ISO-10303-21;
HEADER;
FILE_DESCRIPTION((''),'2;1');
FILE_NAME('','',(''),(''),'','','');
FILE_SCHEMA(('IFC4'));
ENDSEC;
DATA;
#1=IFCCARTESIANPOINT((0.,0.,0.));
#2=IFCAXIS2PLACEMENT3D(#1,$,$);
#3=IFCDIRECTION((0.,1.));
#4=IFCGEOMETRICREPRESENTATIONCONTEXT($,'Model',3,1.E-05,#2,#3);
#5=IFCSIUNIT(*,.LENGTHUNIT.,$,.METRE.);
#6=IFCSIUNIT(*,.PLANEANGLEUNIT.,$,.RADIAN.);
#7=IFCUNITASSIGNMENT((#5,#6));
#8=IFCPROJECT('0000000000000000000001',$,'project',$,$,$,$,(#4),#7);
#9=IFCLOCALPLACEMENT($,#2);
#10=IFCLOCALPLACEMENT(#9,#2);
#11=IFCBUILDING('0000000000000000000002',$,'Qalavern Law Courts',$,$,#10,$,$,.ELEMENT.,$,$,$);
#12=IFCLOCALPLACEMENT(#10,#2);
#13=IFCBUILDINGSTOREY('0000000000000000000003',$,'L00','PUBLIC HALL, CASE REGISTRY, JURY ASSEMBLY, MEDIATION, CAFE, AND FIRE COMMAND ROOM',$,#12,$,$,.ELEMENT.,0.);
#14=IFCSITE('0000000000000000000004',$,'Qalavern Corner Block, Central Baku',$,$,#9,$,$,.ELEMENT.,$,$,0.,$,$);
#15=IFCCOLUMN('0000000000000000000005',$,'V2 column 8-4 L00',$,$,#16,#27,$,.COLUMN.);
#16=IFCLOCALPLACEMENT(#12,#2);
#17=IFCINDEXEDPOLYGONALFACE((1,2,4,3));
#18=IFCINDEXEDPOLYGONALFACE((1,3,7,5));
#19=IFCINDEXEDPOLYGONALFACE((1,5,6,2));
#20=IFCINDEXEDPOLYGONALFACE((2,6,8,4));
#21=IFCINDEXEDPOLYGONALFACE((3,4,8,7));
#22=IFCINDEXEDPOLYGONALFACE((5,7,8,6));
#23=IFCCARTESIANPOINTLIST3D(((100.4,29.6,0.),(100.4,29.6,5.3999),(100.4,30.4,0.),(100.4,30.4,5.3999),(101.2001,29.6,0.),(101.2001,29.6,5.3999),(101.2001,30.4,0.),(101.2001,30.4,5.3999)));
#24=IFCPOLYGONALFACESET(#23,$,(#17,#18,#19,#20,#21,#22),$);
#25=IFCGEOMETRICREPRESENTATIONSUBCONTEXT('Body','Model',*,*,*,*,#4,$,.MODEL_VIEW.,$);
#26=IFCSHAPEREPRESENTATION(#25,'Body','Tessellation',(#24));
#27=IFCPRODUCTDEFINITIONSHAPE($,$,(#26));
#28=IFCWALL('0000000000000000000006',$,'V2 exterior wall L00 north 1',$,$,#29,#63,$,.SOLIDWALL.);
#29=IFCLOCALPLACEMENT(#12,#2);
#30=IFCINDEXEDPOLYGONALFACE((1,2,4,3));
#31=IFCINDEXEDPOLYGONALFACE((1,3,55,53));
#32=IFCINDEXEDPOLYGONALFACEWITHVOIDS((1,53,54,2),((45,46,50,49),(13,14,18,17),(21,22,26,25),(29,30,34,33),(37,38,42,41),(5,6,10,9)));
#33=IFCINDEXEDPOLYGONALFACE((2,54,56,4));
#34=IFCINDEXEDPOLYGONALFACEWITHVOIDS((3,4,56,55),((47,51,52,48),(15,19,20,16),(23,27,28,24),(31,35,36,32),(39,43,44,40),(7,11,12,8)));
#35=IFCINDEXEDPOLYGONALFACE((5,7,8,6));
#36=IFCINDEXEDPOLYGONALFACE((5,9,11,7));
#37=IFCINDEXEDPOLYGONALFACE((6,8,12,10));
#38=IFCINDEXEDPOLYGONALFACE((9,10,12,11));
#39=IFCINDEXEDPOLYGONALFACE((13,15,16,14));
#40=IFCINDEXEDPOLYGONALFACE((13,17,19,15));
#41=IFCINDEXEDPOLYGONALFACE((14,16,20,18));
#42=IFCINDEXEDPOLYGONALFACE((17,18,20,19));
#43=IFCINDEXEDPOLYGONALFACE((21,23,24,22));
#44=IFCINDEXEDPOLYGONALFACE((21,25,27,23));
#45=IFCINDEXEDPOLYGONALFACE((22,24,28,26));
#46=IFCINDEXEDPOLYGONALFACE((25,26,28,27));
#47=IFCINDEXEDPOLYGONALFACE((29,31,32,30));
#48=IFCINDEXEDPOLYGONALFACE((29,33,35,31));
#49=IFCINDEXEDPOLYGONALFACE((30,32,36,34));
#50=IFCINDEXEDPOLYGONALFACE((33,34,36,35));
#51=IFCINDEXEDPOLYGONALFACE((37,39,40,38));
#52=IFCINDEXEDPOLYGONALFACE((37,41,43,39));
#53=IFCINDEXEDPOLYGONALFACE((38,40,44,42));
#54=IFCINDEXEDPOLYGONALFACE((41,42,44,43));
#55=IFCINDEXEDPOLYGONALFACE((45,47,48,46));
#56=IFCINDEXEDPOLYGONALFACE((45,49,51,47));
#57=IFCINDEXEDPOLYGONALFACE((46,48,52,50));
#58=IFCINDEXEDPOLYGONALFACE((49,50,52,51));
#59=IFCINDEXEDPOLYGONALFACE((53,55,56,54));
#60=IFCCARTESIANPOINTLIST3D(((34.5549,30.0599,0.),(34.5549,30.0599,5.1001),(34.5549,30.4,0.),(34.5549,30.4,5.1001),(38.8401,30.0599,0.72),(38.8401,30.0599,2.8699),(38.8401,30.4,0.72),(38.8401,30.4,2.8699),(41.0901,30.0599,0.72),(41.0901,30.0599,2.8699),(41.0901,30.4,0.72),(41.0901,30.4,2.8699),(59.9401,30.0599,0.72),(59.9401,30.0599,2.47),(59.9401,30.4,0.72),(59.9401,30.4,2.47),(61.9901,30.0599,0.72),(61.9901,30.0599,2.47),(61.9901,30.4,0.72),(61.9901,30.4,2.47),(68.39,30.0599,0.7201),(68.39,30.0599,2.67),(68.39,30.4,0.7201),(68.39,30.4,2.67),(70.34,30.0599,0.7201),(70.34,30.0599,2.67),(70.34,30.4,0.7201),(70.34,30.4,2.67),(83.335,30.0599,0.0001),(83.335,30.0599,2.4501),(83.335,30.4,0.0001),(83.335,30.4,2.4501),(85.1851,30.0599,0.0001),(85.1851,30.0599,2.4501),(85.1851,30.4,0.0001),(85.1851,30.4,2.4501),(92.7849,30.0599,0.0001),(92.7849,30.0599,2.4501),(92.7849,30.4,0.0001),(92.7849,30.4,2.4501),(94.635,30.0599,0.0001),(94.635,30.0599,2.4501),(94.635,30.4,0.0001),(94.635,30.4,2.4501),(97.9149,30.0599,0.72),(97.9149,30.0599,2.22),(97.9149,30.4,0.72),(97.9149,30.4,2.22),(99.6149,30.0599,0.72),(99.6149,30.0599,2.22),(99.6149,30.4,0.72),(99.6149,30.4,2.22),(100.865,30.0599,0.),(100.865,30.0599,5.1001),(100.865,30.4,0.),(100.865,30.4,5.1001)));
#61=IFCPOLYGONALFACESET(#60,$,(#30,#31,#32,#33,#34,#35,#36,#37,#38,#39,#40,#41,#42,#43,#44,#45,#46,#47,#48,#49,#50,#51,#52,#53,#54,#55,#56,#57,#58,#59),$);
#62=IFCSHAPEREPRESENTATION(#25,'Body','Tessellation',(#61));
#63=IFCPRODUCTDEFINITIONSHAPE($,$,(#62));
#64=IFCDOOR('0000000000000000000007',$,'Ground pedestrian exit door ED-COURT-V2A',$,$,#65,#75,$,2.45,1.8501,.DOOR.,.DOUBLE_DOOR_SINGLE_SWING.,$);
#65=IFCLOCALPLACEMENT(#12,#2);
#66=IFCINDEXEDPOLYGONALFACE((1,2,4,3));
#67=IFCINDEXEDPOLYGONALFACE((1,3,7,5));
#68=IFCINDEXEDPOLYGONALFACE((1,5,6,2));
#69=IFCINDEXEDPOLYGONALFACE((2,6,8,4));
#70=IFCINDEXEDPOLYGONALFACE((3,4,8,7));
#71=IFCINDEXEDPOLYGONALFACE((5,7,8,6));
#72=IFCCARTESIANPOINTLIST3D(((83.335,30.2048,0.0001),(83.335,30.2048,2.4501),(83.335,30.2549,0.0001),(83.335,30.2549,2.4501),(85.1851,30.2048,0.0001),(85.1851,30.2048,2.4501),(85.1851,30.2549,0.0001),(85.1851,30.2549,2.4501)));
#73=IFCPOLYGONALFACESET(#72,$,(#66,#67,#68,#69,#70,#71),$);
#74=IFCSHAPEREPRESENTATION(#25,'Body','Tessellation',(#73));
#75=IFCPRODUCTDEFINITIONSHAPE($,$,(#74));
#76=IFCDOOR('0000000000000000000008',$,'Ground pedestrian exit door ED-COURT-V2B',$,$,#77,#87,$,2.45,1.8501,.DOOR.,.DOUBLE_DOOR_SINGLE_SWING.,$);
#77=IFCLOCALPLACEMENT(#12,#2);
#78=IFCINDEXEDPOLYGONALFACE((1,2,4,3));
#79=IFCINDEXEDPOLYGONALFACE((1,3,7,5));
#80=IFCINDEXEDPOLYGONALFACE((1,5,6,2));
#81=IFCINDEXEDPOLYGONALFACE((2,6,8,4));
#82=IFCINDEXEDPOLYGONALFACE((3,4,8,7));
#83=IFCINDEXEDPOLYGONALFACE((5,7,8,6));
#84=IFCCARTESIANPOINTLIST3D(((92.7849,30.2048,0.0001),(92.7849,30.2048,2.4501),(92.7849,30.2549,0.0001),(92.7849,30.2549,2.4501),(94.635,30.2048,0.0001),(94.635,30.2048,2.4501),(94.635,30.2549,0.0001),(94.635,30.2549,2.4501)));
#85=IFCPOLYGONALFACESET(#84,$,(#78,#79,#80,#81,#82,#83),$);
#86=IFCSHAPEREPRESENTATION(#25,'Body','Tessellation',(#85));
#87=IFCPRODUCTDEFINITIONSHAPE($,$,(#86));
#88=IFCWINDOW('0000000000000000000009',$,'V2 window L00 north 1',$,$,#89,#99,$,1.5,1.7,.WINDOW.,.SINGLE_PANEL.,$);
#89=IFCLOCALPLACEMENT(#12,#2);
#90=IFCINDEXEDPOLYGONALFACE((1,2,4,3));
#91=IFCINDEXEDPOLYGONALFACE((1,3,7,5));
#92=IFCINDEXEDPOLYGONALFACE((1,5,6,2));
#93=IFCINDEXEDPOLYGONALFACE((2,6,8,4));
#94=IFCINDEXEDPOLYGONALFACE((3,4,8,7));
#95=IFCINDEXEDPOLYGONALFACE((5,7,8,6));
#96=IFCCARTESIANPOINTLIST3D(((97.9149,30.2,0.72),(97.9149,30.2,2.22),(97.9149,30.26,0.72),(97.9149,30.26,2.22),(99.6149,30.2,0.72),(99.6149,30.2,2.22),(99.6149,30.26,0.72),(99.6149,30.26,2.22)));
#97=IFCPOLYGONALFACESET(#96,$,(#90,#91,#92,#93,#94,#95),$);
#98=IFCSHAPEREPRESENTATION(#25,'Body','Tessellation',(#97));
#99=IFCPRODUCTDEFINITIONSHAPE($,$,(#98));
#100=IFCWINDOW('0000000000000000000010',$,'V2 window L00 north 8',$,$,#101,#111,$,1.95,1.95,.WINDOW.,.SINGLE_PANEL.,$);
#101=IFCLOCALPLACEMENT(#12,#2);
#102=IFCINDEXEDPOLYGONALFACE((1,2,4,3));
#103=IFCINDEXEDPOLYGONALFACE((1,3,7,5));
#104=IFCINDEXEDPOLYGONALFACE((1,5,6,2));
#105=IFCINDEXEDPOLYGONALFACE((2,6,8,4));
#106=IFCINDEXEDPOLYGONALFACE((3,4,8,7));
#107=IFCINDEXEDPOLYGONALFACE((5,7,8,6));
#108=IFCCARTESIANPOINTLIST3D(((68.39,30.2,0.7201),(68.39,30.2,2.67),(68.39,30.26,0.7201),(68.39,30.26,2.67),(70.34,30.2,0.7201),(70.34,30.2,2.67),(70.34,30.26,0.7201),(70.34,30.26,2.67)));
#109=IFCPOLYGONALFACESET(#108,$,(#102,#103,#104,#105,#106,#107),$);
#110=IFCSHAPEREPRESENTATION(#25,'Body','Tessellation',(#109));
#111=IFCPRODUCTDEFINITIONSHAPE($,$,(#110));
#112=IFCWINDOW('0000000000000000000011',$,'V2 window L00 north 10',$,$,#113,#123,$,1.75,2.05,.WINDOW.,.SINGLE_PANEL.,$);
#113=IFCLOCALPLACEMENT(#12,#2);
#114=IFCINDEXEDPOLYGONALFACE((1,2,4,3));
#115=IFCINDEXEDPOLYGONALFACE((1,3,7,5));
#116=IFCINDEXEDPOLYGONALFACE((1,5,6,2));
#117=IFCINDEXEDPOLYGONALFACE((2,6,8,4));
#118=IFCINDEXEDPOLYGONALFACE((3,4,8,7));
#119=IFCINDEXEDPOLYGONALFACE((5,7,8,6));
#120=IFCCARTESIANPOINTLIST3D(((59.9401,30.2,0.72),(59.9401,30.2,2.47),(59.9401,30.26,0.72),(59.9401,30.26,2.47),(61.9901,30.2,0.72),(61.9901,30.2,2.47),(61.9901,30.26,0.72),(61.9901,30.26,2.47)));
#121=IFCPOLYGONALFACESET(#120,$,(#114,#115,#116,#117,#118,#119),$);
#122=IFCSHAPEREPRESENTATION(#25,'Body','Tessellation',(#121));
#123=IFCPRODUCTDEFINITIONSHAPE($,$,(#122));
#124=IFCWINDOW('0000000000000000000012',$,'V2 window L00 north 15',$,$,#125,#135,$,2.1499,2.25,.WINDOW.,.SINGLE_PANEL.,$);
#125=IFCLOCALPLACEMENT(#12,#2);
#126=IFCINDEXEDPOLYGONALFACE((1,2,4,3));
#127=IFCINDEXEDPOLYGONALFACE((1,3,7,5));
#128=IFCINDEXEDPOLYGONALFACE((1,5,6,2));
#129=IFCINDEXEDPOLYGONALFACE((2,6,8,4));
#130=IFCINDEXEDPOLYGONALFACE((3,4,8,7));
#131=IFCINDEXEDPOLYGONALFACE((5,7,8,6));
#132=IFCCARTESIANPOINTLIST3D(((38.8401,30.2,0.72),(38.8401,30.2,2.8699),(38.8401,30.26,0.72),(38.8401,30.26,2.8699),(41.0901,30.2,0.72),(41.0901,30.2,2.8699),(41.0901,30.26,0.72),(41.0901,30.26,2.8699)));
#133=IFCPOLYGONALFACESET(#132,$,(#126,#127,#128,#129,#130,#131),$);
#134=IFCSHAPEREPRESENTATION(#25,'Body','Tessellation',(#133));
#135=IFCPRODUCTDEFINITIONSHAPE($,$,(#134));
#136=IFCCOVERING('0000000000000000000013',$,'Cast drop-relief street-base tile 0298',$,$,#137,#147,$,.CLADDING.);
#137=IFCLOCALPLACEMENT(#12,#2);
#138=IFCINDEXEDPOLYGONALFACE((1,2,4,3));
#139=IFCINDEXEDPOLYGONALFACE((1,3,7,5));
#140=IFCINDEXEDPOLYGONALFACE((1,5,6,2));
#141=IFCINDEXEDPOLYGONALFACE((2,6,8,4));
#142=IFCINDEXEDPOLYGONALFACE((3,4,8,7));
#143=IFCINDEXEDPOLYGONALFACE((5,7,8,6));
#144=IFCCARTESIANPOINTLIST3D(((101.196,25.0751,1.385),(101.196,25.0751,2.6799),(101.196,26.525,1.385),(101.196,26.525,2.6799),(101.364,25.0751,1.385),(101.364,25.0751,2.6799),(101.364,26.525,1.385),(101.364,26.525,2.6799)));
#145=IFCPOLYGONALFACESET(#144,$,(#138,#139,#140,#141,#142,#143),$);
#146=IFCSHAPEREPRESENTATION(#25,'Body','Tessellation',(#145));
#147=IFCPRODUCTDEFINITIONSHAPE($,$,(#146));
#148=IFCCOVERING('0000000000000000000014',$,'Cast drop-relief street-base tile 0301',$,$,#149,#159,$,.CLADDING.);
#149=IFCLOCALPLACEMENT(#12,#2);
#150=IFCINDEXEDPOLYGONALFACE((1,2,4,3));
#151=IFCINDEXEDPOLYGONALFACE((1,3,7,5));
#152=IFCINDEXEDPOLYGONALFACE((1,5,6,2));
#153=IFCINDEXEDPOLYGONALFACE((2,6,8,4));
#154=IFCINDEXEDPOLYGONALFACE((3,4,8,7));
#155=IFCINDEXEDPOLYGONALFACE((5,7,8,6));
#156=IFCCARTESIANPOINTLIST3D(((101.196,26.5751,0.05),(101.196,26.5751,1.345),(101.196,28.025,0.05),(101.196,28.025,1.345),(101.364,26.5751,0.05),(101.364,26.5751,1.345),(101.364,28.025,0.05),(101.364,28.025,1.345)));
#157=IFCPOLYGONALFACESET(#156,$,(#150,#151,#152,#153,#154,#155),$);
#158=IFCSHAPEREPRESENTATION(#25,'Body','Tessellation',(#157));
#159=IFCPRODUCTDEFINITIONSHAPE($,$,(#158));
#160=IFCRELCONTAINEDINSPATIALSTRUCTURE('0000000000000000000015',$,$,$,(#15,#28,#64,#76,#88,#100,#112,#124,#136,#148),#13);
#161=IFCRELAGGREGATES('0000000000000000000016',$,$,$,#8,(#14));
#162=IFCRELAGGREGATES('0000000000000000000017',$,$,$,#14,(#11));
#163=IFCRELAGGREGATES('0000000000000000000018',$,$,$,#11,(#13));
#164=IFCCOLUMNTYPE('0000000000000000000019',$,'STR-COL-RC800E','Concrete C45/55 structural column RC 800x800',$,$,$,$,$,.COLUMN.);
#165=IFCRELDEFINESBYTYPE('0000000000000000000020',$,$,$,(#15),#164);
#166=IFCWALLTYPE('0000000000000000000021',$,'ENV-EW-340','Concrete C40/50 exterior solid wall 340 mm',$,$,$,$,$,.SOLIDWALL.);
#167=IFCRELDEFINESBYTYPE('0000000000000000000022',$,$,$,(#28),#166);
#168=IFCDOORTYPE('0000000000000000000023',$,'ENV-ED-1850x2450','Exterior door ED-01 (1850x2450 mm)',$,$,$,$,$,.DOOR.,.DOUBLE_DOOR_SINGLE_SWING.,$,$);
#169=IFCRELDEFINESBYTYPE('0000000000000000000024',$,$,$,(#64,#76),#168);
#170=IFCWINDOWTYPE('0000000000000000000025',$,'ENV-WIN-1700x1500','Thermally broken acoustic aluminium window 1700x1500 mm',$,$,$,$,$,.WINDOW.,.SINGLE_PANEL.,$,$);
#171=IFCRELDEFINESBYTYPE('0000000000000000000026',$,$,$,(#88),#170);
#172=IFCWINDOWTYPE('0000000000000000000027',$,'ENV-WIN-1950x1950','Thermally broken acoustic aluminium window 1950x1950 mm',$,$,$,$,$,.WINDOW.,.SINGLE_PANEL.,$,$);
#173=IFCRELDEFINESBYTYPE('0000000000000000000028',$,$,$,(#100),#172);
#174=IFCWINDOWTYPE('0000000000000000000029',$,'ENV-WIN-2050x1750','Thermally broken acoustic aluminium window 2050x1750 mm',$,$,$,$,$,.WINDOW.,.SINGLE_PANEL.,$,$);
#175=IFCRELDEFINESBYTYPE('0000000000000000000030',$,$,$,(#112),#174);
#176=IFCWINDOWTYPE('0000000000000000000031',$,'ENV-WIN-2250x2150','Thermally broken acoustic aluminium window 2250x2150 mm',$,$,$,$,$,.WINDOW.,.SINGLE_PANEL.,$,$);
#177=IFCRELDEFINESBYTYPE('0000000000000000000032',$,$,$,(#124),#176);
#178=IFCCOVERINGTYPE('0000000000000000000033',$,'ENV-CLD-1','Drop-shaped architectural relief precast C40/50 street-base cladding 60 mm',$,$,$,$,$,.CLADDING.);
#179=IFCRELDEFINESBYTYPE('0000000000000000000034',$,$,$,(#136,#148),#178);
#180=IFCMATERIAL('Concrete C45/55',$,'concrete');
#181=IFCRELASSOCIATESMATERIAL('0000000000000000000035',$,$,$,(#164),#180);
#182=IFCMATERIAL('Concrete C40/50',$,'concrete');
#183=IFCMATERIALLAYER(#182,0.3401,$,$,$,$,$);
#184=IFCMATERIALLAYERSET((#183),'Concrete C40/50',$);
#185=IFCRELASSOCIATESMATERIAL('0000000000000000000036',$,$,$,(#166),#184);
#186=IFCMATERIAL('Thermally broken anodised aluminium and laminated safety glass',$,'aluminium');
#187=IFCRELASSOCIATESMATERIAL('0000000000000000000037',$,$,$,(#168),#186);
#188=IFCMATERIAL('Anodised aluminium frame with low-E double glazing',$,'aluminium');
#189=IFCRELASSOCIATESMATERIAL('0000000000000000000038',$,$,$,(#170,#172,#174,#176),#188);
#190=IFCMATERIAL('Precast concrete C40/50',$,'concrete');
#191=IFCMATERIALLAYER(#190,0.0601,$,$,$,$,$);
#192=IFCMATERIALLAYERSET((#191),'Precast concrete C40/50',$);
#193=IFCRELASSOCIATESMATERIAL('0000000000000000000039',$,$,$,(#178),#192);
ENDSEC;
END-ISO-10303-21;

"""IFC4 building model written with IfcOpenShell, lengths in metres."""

from ifc_helpers import new_model, si_unit, direction, frame, frame_2d, origin, origin_2d, place, context, subcontext, project, spatial, rectangle, extrude, material, layer, layer_set, material_profile, profile_set, type_object, element, fill, save


model = new_model("IFC4")

# Units and contexts
model_context = context("Model", 3, precision=1e-05, world=origin(), true_north=direction((0.0, 1.0)))
body_context = subcontext(model_context, "Body", "Model", "MODEL_VIEW")
ifc_project = project(units=[si_unit("LENGTHUNIT", "METRE"), si_unit("PLANEANGLEUNIT", "RADIAN")], contexts=[model_context])

# Site, building, storey
site_placement = place(None, origin())
site = spatial("IfcSite", under=ifc_project, at=site_placement, Name="Qalavern Corner Block, Central Baku", CompositionType="ELEMENT", RefElevation=0.0)
building_placement = place(site_placement, origin())
building = spatial("IfcBuilding", under=site, at=building_placement, Name="Qalavern Law Courts", CompositionType="ELEMENT")
storey_placement = place(building_placement, origin())
storey = spatial("IfcBuildingStorey", under=building, at=storey_placement, Name="L00", Description="PUBLIC HALL, CASE REGISTRY, JURY ASSEMBLY, MEDIATION, CAFE, AND FIRE COMMAND ROOM", CompositionType="ELEMENT", Elevation=0.0)

# Column
ifc_material_1 = material(Name="Concrete C45/55", Category="concrete")
ifc_material_profile = material_profile(ifc_material_1, rectangle(XDim=0.8, YDim=0.8, at=origin_2d()), Name="RC 800x800")
ifc_profile_set = profile_set([ifc_material_profile], Name="Concrete C45/55")
column_type = type_object("IfcColumnType", Name="STR-COL-RC800E", Description="Concrete C45/55 structural column RC 800x800", PredefinedType="COLUMN", material=ifc_profile_set)
column_placement = place(storey_placement, frame((100.8, 30.0, 0.0), z_axis=(0.0, 0.0, 1.0), x_axis=(1.0, 0.0, 0.0)))
element("IfcColumn", 1, at=column_placement, inside=storey, type_object=column_type, Name="V2 column 8-4 L00", PredefinedType="COLUMN", context=body_context, shape_type="SweptSolid", body=[
    extrude(rectangle(XDim=0.8, YDim=0.8, at=origin_2d()), origin(), (0.0, 0.0, 1.0), 5.3999),
])

# Wall, openings, doors, windows
ifc_material_2 = material(Name="Concrete C40/50", Category="concrete")
ifc_layer_1 = layer(ifc_material_2, 0.3401)
ifc_layer_set_1 = layer_set([ifc_layer_1], Name="Concrete C40/50")
wall_type = type_object("IfcWallType", Name="ENV-EW-340", Description="Concrete C40/50 exterior solid wall 340 mm", PredefinedType="SOLIDWALL", material=ifc_layer_set_1)
wall_placement = place(storey_placement, frame((100.865, 30.23, 0.0), z_axis=(0.0, 0.0, 1.0), x_axis=(-1.0, 0.0, 0.0)))
wall = element("IfcWall", 2, at=wall_placement, inside=storey, type_object=wall_type, Name="V2 exterior wall L00 north 1", PredefinedType="SOLIDWALL", context=body_context, shape_type="SweptSolid", body=[
    extrude(rectangle(XDim=66.3101, YDim=0.3401, at=frame_2d((33.155, 0.0))), origin(), (0.0, 0.0, 1.0), 5.1001),
])
opening_1_placement = place(wall_placement, frame((15.6799, 0.0, 0.0)))
opening_1 = element("IfcOpeningElement", 3, at=opening_1_placement, cuts=wall, PredefinedType="OPENING", context=body_context, shape_type="SweptSolid", body=[
    extrude(rectangle(XDim=1.8501, YDim=2.45, at=frame_2d((0.925, 1.2251))), frame((0.0, 0.1851, 0.0), z_axis=(0.0, -1.0, 0.0), x_axis=(1.0, 0.0, 0.0)), (0.0, 0.0, 1.0), 0.3699),
])
opening_2_placement = place(wall_placement, frame((6.23, 0.0, 0.0)))
opening_2 = element("IfcOpeningElement", 4, at=opening_2_placement, cuts=wall, PredefinedType="OPENING", context=body_context, shape_type="SweptSolid", body=[
    extrude(rectangle(XDim=1.8501, YDim=2.45, at=frame_2d((0.925, 1.2251))), frame((0.0, 0.1851, 0.0), z_axis=(0.0, -1.0, 0.0), x_axis=(1.0, 0.0, 0.0)), (0.0, 0.0, 1.0), 0.3699),
])
opening_3_placement = place(wall_placement, frame((1.25, 0.0, 0.72)))
opening_3 = element("IfcOpeningElement", 5, at=opening_3_placement, cuts=wall, PredefinedType="OPENING", context=body_context, shape_type="SweptSolid", body=[
    extrude(rectangle(XDim=1.7, YDim=1.5, at=frame_2d((0.8501, 0.75))), frame((0.0, 0.1851, 0.0), z_axis=(0.0, -1.0, 0.0), x_axis=(1.0, 0.0, 0.0)), (0.0, 0.0, 1.0), 0.3699),
])
opening_4_placement = place(wall_placement, frame((30.5249, 0.0, 0.72)))
opening_4 = element("IfcOpeningElement", 6, at=opening_4_placement, cuts=wall, PredefinedType="OPENING", context=body_context, shape_type="SweptSolid", body=[
    extrude(rectangle(XDim=1.95, YDim=1.95, at=frame_2d((0.9751, 0.9751))), frame((0.0, 0.1851, 0.0), z_axis=(0.0, -1.0, 0.0), x_axis=(1.0, 0.0, 0.0)), (0.0, 0.0, 1.0), 0.3699),
])
opening_5_placement = place(wall_placement, frame((38.875, 0.0, 0.72)))
opening_5 = element("IfcOpeningElement", 7, at=opening_5_placement, cuts=wall, PredefinedType="OPENING", context=body_context, shape_type="SweptSolid", body=[
    extrude(rectangle(XDim=2.05, YDim=1.75, at=frame_2d((1.0249, 0.875))), frame((0.0, 0.1851, 0.0), z_axis=(0.0, -1.0, 0.0), x_axis=(1.0, 0.0, 0.0)), (0.0, 0.0, 1.0), 0.3699),
])
opening_6_placement = place(wall_placement, frame((59.7749, 0.0, 0.72)))
opening_6 = element("IfcOpeningElement", 8, at=opening_6_placement, cuts=wall, PredefinedType="OPENING", context=body_context, shape_type="SweptSolid", body=[
    extrude(rectangle(XDim=2.25, YDim=2.1499, at=frame_2d((1.125, 1.075))), frame((0.0, 0.1851, 0.0), z_axis=(0.0, -1.0, 0.0), x_axis=(1.0, 0.0, 0.0)), (0.0, 0.0, 1.0), 0.3699),
])
ifc_material_3 = material(Name="Thermally broken anodised aluminium and laminated safety glass", Category="aluminium")
door_type = type_object("IfcDoorType", Name="ENV-ED-1850x2450", Description="Exterior door ED-01 (1850x2450 mm)", OperationType="DOUBLE_DOOR_SINGLE_SWING", PredefinedType="DOOR", material=ifc_material_3)
door_1_placement = place(opening_1_placement, frame((1.8501, 0.0, 0.0), z_axis=(0.0, 0.0, 1.0), x_axis=(-1.0, 0.0, 0.0)))
door_1 = element("IfcDoor", 9, at=door_1_placement, inside=storey, type_object=door_type, Name="Ground pedestrian exit door ED-COURT-V2A", OperationType="DOUBLE_DOOR_SINGLE_SWING", OverallHeight=2.45, OverallWidth=1.8501, PredefinedType="DOOR", context=body_context, shape_type="SweptSolid", body=[
    extrude(rectangle(XDim=1.8501, YDim=2.45, at=frame_2d((0.925, 1.2251))), frame((0.0, 0.0249, 0.0), z_axis=(0.0, -1.0, 0.0), x_axis=(1.0, 0.0, 0.0)), (0.0, 0.0, 1.0), 0.05),
])
fill(opening_1, door_1)
door_2_placement = place(opening_2_placement, frame((1.8501, 0.0, 0.0), z_axis=(0.0, 0.0, 1.0), x_axis=(-1.0, 0.0, 0.0)))
door_2 = element("IfcDoor", 10, at=door_2_placement, inside=storey, type_object=door_type, Name="Ground pedestrian exit door ED-COURT-V2B", OperationType="DOUBLE_DOOR_SINGLE_SWING", OverallHeight=2.45, OverallWidth=1.8501, PredefinedType="DOOR", context=body_context, shape_type="SweptSolid", body=[
    extrude(rectangle(XDim=1.8501, YDim=2.45, at=frame_2d((0.925, 1.2251))), frame((0.0, 0.0249, 0.0), z_axis=(0.0, -1.0, 0.0), x_axis=(1.0, 0.0, 0.0)), (0.0, 0.0, 1.0), 0.05),
])
fill(opening_2, door_2)
ifc_material_4 = material(Name="Anodised aluminium frame with low-E double glazing", Category="aluminium")
window_type_1 = type_object("IfcWindowType", Name="ENV-WIN-1700x1500", Description="Thermally broken acoustic aluminium window 1700x1500 mm", PartitioningType="SINGLE_PANEL", PredefinedType="WINDOW", material=ifc_material_4)
window_1_placement = place(opening_3_placement, origin())
window_1 = element("IfcWindow", 11, at=window_1_placement, inside=storey, type_object=window_type_1, Name="V2 window L00 north 1", OverallHeight=1.5, OverallWidth=1.7, PartitioningType="SINGLE_PANEL", PredefinedType="WINDOW", context=body_context, shape_type="SweptSolid", body=[
    extrude(rectangle(XDim=1.7, YDim=1.5, at=frame_2d((0.8501, 0.75))), frame((0.0, 0.03, 0.0), z_axis=(0.0, -1.0, 0.0), x_axis=(1.0, 0.0, 0.0)), (0.0, 0.0, 1.0), 0.0601),
])
fill(opening_3, window_1)
window_type_2 = type_object("IfcWindowType", Name="ENV-WIN-1950x1950", Description="Thermally broken acoustic aluminium window 1950x1950 mm", PartitioningType="SINGLE_PANEL", PredefinedType="WINDOW", material=ifc_material_4)
window_2_placement = place(opening_4_placement, origin())
window_2 = element("IfcWindow", 12, at=window_2_placement, inside=storey, type_object=window_type_2, Name="V2 window L00 north 8", OverallHeight=1.95, OverallWidth=1.95, PartitioningType="SINGLE_PANEL", PredefinedType="WINDOW", context=body_context, shape_type="SweptSolid", body=[
    extrude(rectangle(XDim=1.95, YDim=1.95, at=frame_2d((0.9751, 0.9751))), frame((0.0, 0.03, 0.0), z_axis=(0.0, -1.0, 0.0), x_axis=(1.0, 0.0, 0.0)), (0.0, 0.0, 1.0), 0.0601),
])
fill(opening_4, window_2)
window_type_3 = type_object("IfcWindowType", Name="ENV-WIN-2050x1750", Description="Thermally broken acoustic aluminium window 2050x1750 mm", PartitioningType="SINGLE_PANEL", PredefinedType="WINDOW", material=ifc_material_4)
window_3_placement = place(opening_5_placement, origin())
window_3 = element("IfcWindow", 13, at=window_3_placement, inside=storey, type_object=window_type_3, Name="V2 window L00 north 10", OverallHeight=1.75, OverallWidth=2.05, PartitioningType="SINGLE_PANEL", PredefinedType="WINDOW", context=body_context, shape_type="SweptSolid", body=[
    extrude(rectangle(XDim=2.05, YDim=1.75, at=frame_2d((1.0249, 0.875))), frame((0.0, 0.03, 0.0), z_axis=(0.0, -1.0, 0.0), x_axis=(1.0, 0.0, 0.0)), (0.0, 0.0, 1.0), 0.0601),
])
fill(opening_5, window_3)
window_type_4 = type_object("IfcWindowType", Name="ENV-WIN-2250x2150", Description="Thermally broken acoustic aluminium window 2250x2150 mm", PartitioningType="SINGLE_PANEL", PredefinedType="WINDOW", material=ifc_material_4)
window_4_placement = place(opening_6_placement, origin())
window_4 = element("IfcWindow", 14, at=window_4_placement, inside=storey, type_object=window_type_4, Name="V2 window L00 north 15", OverallHeight=2.1499, OverallWidth=2.25, PartitioningType="SINGLE_PANEL", PredefinedType="WINDOW", context=body_context, shape_type="SweptSolid", body=[
    extrude(rectangle(XDim=2.25, YDim=2.1499, at=frame_2d((1.125, 1.075))), frame((0.0, 0.03, 0.0), z_axis=(0.0, -1.0, 0.0), x_axis=(1.0, 0.0, 0.0)), (0.0, 0.0, 1.0), 0.0601),
])
fill(opening_6, window_4)

# Coverings
ifc_material_5 = material(Name="Precast concrete C40/50", Category="concrete")
ifc_layer_2 = layer(ifc_material_5, 0.0601)
ifc_layer_set_2 = layer_set([ifc_layer_2], Name="Precast concrete C40/50")
covering_type_1 = type_object("IfcCoveringType", Name="ENV-CLD-1", Description="Drop-shaped architectural relief precast C40/50 street-base cladding 60 mm", PredefinedType="CLADDING", material=ifc_layer_set_2)
for number, where, z_axis, x_axis, name in (
    (15, (101.28, 25.8, 1.385), (0.0, 0.0, 1.0), (0.0, 1.0, 0.0), "Cast drop-relief street-base tile 0298"),
    (16, (101.28, 27.3, 0.05), (0.0, 0.0, 1.0), (0.0, 1.0, 0.0), "Cast drop-relief street-base tile 0301"),
):
    element("IfcCovering", number, at=place(storey_placement, frame(where, z_axis=z_axis, x_axis=x_axis)), inside=storey, type_object=covering_type_1, Name=name, PredefinedType="CLADDING", context=body_context, shape_type="SweptSolid", body=[
        extrude(rectangle(XDim=1.45, YDim=0.168, at=origin_2d()), origin(), (0.0, 0.0, 1.0), 1.2949),
    ])

save(model, "model.ifc")
